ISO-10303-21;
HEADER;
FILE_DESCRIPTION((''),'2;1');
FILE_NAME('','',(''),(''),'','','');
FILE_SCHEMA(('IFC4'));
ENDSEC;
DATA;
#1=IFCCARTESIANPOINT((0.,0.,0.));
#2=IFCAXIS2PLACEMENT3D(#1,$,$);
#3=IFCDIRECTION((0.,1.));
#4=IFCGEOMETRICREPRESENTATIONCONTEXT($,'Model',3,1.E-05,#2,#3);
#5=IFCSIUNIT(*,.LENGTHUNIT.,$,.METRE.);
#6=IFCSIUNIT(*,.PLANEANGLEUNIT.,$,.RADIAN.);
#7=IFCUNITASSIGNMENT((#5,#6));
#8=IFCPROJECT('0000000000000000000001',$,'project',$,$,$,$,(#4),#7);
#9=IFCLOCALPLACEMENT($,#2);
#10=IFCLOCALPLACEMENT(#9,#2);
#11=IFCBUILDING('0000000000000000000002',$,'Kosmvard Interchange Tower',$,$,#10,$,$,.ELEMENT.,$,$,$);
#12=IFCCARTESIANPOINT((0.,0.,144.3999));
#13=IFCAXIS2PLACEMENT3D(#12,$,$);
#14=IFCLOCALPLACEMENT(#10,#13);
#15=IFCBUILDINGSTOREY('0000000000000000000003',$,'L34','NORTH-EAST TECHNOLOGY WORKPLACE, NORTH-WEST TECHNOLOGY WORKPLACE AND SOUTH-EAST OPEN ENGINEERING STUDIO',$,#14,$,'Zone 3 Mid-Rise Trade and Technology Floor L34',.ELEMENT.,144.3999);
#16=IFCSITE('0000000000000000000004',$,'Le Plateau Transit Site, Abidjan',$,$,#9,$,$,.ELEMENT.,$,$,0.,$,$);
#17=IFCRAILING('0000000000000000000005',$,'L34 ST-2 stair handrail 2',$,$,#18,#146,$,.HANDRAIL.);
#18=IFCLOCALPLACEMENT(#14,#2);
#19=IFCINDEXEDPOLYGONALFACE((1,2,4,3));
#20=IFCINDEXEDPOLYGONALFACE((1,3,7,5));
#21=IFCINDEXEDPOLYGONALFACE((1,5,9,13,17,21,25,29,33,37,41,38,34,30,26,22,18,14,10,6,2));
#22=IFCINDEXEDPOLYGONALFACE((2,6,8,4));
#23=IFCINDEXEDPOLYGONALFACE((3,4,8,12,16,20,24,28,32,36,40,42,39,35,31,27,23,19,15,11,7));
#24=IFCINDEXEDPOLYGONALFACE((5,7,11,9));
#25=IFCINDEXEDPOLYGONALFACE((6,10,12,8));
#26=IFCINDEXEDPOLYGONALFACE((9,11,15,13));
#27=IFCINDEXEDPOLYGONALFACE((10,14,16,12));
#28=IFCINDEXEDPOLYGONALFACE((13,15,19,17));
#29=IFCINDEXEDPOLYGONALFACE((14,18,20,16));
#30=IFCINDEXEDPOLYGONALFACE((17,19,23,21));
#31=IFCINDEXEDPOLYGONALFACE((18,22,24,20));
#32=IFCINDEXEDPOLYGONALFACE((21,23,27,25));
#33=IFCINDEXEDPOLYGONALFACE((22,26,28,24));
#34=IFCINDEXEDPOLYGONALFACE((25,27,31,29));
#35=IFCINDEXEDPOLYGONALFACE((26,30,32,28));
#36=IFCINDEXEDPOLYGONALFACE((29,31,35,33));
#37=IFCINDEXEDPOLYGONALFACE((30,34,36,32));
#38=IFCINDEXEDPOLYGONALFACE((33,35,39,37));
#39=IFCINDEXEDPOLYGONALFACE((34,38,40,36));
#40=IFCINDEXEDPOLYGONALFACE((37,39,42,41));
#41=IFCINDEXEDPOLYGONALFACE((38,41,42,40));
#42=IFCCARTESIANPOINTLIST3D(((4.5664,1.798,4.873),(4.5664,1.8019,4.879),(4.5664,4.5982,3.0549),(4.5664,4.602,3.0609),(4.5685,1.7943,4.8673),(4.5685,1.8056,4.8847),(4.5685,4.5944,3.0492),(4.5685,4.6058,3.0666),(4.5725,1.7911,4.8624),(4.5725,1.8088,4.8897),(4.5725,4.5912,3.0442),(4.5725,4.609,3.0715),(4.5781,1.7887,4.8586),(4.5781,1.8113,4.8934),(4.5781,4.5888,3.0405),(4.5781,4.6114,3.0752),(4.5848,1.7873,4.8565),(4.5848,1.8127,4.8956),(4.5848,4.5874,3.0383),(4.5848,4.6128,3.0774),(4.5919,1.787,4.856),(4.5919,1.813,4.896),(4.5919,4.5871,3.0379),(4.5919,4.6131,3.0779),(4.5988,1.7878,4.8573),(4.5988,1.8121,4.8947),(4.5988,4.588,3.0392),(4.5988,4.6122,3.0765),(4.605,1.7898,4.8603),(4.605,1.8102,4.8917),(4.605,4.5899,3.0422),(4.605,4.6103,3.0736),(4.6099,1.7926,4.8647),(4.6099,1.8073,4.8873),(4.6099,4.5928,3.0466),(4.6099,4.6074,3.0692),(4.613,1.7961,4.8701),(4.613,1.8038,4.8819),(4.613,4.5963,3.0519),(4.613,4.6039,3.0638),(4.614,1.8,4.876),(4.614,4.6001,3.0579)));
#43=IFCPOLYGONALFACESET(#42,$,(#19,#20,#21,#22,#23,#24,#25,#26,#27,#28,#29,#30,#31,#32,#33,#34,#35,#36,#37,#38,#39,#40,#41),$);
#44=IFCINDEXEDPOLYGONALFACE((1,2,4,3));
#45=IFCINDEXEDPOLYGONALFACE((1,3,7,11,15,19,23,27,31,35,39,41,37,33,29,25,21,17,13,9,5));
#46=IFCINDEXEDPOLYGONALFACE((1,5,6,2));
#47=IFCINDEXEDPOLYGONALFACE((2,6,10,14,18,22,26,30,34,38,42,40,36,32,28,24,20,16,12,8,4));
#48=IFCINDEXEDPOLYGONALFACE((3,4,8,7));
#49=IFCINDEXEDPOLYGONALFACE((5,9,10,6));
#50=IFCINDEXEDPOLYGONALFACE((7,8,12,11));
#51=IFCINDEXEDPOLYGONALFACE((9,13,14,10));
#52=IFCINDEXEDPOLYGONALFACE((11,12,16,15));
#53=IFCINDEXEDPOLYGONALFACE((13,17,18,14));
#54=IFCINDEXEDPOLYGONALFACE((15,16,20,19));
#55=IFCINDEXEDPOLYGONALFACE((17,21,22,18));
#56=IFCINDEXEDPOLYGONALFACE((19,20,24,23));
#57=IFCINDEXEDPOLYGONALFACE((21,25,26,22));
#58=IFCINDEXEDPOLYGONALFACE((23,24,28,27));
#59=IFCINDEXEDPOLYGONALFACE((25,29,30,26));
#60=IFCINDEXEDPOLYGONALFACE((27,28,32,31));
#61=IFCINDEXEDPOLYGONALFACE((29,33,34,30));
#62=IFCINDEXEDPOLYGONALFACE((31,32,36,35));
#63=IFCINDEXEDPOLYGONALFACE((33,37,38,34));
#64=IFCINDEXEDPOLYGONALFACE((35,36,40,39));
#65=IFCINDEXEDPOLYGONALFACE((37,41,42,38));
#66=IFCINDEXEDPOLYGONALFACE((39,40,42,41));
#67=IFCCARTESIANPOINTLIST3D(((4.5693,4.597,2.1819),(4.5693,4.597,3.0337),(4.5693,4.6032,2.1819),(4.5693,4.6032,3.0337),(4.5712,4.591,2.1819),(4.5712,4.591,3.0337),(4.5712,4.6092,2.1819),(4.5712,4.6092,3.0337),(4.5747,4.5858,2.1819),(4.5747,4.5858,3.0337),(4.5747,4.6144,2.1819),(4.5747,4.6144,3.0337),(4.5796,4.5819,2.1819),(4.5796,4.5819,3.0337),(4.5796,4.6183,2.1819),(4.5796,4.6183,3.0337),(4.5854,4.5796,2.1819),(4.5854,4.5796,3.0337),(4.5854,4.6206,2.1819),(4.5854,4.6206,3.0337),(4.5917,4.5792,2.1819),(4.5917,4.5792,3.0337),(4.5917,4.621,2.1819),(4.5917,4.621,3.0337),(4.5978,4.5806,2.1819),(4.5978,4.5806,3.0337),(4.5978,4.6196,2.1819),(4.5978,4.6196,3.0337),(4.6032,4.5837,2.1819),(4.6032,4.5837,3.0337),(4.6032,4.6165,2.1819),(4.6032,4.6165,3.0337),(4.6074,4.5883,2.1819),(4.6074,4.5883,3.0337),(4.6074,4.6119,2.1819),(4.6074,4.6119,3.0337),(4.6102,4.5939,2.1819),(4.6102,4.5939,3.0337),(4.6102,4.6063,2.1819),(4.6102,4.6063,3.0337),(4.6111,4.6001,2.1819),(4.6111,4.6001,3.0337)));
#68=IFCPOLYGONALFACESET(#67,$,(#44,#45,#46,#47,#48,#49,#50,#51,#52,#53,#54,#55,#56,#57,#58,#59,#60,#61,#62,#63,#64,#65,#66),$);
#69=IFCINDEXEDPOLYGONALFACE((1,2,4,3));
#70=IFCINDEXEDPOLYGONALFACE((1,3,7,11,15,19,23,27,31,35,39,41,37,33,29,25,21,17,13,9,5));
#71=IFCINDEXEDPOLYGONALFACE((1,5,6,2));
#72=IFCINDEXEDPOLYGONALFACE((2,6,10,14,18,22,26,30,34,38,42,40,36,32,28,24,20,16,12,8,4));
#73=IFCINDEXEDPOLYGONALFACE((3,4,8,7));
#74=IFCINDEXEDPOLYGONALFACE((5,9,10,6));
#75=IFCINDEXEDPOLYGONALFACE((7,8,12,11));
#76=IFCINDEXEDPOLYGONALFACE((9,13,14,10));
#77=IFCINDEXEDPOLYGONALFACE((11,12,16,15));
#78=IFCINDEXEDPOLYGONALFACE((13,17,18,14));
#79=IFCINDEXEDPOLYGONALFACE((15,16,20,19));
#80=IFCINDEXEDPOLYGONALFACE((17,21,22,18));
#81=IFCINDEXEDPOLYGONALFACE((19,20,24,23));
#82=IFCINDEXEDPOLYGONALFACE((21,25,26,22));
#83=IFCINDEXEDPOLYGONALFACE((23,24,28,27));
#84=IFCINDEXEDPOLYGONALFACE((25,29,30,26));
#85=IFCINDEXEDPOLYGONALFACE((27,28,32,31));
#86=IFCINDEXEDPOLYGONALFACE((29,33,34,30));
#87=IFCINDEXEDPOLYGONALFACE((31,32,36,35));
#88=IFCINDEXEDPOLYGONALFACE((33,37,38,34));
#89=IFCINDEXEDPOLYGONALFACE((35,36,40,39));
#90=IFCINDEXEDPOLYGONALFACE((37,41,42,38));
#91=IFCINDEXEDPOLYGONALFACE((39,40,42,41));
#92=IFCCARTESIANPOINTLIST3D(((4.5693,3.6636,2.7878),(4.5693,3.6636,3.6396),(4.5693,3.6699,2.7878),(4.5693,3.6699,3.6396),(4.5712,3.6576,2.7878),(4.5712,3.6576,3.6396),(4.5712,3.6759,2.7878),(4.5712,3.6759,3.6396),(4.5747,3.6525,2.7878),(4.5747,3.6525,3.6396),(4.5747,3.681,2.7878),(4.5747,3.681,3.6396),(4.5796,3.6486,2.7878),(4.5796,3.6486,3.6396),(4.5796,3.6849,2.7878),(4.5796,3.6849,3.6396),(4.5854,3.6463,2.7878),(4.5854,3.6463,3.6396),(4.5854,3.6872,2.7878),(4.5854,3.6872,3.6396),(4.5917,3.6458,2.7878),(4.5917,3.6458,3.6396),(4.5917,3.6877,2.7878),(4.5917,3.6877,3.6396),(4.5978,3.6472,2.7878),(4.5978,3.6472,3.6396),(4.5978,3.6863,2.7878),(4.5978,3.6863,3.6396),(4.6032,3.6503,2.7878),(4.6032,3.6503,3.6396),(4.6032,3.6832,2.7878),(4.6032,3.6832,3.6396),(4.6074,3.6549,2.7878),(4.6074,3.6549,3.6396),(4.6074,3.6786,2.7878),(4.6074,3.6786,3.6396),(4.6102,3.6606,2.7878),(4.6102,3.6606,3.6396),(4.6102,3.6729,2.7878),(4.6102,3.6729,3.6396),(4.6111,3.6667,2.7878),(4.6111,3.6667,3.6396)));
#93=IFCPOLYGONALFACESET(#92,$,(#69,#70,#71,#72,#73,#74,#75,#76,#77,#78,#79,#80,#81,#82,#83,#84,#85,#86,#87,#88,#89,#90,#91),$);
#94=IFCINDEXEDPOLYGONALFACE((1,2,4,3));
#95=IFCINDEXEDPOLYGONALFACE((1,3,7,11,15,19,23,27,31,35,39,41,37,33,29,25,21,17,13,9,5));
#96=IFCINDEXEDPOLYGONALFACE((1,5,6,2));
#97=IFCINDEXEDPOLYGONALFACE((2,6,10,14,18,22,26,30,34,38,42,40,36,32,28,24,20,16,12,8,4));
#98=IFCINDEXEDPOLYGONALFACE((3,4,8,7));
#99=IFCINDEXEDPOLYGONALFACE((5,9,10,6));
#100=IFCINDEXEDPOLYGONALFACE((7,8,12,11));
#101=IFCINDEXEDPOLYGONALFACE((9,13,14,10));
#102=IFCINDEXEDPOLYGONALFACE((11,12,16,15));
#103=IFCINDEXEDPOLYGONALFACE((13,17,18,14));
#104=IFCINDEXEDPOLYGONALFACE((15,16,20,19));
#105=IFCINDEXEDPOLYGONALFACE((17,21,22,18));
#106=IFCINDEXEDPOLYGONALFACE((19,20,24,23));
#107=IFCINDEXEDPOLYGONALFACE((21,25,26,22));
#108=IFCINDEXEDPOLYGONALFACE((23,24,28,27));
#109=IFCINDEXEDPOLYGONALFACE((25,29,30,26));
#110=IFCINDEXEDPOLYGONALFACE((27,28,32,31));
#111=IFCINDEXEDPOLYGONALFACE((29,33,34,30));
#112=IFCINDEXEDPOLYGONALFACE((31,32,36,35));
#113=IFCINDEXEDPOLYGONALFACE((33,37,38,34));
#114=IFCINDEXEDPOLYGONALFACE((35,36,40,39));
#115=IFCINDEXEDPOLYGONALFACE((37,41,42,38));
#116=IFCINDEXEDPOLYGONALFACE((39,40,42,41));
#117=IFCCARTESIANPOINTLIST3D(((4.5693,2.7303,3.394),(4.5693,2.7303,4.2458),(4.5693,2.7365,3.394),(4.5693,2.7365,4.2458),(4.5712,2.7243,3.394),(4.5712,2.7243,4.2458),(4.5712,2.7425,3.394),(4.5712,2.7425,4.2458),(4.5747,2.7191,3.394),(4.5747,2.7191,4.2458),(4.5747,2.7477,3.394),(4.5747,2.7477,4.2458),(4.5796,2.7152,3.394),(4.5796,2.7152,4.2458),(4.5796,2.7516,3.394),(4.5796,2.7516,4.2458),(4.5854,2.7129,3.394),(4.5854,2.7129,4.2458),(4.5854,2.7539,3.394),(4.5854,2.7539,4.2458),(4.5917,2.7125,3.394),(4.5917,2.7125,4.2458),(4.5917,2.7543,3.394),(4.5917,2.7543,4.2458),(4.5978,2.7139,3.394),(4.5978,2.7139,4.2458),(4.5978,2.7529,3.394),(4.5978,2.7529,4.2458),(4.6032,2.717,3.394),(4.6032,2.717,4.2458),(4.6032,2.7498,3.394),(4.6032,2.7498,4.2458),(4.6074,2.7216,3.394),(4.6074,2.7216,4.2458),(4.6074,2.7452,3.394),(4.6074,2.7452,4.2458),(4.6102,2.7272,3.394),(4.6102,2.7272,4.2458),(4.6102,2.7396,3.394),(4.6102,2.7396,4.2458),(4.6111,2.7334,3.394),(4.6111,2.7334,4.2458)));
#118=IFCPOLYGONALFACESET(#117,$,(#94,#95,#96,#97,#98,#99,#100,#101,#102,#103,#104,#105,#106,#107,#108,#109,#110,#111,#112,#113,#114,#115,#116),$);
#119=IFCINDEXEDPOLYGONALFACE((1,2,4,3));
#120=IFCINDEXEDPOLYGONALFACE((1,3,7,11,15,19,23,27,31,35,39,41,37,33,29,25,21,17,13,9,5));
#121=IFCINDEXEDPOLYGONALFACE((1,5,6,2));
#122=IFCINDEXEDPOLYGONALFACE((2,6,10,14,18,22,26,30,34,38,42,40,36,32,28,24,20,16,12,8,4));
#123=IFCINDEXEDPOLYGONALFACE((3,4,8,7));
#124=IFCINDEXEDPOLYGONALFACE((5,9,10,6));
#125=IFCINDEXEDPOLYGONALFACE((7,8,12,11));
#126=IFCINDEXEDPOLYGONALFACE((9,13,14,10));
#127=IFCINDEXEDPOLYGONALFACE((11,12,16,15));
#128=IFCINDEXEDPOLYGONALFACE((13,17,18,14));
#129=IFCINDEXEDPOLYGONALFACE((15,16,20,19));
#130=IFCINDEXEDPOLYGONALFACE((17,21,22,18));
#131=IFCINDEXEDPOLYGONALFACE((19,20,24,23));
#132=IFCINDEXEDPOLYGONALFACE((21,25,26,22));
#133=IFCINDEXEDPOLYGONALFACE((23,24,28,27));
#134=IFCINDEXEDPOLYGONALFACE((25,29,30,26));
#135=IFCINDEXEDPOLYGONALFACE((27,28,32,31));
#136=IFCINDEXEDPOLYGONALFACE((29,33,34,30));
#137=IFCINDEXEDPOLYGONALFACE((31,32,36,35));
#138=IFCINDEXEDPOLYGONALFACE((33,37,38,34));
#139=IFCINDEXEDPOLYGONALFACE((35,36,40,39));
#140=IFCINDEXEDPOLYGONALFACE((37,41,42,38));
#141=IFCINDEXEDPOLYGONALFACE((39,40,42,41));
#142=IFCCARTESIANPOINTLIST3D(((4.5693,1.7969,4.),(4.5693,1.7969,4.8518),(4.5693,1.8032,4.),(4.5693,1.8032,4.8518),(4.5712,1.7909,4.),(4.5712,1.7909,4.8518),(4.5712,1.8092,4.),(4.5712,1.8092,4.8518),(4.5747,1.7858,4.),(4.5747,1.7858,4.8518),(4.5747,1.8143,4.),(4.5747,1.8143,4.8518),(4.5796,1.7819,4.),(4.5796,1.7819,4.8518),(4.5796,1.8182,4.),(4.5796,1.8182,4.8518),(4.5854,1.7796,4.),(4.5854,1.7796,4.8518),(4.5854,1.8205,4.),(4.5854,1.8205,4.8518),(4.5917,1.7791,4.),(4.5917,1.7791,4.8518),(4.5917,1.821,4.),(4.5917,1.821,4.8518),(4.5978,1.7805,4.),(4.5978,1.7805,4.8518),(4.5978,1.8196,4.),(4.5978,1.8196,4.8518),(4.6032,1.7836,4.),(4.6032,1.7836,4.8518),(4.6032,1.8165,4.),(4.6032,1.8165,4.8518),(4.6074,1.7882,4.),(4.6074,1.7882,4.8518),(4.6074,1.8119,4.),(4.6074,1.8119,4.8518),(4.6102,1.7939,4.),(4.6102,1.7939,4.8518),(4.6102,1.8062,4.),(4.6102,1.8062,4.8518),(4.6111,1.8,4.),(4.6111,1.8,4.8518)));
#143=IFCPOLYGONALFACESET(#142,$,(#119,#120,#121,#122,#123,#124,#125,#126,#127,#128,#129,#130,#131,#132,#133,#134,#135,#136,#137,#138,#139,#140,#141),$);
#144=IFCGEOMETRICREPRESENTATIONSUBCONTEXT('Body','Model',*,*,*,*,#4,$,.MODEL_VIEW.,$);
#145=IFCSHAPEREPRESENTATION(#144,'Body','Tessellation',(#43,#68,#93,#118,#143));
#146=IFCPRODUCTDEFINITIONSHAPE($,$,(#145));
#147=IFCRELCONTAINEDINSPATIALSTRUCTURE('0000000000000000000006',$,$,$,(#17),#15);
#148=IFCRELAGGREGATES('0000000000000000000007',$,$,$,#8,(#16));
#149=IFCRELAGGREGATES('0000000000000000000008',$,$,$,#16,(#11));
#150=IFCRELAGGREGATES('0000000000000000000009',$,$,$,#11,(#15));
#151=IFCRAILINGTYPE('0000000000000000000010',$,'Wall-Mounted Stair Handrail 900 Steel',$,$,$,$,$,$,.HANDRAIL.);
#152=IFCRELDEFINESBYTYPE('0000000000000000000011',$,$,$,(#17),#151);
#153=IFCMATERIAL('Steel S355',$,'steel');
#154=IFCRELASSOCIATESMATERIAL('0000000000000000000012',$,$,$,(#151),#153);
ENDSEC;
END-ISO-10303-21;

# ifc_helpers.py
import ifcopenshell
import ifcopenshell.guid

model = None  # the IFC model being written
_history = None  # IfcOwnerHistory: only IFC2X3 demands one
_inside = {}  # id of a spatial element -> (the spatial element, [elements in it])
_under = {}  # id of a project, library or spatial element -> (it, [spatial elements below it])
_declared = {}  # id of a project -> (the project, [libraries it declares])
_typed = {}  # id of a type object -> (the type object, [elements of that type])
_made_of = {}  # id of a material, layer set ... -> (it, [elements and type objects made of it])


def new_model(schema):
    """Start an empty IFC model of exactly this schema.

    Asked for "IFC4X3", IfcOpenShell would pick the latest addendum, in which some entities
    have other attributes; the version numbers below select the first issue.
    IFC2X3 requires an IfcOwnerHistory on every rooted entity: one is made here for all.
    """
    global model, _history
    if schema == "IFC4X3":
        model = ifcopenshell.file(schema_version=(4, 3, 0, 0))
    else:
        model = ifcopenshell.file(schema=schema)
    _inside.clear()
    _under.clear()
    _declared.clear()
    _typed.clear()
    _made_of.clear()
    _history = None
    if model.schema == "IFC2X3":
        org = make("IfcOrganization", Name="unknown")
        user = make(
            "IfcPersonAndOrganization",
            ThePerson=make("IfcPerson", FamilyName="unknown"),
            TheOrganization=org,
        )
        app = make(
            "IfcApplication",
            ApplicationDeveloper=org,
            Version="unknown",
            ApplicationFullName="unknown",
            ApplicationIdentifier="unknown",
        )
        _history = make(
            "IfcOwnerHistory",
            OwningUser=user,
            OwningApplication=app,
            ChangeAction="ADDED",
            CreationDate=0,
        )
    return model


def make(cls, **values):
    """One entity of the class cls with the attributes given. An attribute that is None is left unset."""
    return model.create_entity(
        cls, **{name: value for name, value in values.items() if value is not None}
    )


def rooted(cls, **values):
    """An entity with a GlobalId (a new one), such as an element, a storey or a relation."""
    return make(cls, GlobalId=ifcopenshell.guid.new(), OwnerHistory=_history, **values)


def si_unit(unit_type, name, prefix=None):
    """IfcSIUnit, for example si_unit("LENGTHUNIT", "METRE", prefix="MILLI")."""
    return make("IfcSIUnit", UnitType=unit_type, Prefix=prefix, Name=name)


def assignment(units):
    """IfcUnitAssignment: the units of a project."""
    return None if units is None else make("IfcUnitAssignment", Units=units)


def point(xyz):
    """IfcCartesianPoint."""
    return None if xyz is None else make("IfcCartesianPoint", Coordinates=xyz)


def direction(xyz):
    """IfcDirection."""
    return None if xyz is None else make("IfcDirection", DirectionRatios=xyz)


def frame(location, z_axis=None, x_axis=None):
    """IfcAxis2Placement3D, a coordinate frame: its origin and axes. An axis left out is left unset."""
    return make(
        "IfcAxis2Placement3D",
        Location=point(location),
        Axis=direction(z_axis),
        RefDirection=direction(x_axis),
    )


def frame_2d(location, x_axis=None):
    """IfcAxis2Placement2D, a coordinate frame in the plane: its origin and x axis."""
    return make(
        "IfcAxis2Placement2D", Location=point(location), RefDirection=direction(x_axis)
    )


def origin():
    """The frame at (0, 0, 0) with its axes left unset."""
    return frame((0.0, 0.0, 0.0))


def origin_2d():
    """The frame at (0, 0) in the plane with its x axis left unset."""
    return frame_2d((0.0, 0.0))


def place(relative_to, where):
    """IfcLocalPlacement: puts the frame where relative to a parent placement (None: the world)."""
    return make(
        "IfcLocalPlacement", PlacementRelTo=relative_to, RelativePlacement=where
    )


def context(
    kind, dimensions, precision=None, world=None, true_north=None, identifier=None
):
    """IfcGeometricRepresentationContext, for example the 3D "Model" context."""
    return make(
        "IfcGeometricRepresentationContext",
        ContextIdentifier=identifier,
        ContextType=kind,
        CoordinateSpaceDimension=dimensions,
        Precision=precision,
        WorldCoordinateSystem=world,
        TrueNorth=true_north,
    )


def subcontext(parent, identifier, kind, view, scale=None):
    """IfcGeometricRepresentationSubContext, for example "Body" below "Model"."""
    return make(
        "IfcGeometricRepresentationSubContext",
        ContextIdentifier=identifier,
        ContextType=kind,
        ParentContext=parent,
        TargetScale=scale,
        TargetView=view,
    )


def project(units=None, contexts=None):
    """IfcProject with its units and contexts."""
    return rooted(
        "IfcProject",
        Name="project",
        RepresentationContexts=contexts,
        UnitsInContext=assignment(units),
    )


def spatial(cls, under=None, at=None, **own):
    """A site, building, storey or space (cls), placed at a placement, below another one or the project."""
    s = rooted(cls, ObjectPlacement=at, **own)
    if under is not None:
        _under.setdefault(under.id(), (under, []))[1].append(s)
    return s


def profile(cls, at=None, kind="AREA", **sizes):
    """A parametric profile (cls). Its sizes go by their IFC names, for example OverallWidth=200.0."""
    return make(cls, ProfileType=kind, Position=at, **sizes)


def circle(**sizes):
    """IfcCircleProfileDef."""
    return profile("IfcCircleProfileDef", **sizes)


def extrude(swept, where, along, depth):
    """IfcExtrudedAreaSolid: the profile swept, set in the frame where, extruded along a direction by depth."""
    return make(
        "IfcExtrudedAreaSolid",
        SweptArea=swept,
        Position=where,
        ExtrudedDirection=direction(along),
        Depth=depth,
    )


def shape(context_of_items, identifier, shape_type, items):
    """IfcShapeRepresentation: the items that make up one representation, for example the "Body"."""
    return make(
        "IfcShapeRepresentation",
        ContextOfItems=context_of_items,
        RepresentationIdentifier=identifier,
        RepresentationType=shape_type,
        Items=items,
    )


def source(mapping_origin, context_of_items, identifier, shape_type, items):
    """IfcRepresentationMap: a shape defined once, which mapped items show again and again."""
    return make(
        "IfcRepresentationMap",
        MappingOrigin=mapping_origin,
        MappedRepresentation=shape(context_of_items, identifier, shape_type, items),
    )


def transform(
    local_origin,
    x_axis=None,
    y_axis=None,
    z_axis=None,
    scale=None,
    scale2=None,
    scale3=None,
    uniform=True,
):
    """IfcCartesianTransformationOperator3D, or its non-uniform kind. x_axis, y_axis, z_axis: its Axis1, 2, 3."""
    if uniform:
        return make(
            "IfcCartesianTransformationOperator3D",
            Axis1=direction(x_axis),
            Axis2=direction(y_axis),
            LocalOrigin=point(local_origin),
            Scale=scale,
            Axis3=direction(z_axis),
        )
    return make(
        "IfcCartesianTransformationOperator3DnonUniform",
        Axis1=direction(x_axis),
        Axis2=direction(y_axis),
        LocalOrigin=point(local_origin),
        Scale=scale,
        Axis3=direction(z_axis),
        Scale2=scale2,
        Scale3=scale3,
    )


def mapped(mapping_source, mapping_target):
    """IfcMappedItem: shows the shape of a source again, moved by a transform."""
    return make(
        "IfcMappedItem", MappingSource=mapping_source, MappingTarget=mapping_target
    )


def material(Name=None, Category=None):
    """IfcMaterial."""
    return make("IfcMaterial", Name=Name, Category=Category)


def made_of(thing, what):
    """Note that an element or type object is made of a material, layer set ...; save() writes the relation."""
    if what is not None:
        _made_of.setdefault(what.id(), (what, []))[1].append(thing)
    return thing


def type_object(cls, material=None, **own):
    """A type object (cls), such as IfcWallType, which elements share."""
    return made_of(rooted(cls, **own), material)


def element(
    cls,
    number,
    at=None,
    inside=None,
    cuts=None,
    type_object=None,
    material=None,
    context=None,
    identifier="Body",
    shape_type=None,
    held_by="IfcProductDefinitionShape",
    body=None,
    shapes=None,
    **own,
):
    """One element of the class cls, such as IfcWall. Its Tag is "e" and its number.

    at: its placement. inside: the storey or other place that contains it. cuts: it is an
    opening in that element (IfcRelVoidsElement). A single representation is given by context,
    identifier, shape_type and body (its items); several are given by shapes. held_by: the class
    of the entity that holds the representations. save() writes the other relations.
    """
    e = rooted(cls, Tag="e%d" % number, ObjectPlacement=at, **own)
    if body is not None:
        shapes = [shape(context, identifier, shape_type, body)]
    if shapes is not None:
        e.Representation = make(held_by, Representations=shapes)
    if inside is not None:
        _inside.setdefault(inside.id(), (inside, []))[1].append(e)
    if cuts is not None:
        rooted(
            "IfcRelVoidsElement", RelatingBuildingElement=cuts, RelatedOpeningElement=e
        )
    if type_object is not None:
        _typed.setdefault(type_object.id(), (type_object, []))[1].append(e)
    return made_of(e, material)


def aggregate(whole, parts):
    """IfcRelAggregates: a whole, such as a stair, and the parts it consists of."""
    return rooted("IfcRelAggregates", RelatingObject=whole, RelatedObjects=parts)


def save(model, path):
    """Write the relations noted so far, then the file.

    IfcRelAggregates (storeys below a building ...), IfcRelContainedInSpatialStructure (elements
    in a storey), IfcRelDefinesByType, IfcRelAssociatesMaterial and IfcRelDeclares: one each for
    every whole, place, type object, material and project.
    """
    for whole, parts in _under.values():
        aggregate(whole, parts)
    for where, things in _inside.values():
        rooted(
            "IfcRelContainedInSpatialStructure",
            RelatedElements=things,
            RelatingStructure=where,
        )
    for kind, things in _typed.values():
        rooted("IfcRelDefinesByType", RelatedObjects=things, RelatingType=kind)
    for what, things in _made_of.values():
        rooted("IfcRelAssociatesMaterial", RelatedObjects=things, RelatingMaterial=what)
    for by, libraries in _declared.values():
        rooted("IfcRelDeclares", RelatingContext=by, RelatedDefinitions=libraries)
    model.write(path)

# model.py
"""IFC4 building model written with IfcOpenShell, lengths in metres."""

from ifc_helpers import new_model, si_unit, direction, frame, origin, origin_2d, place, context, subcontext, project, spatial, circle, extrude, source, transform, mapped, material, type_object, element, save


model = new_model("IFC4")

# Units and contexts
model_context = context("Model", 3, precision=1e-05, world=origin(), true_north=direction((0.0, 1.0)))
body_context = subcontext(model_context, "Body", "Model", "MODEL_VIEW")
ifc_project = project(units=[si_unit("LENGTHUNIT", "METRE"), si_unit("PLANEANGLEUNIT", "RADIAN")], contexts=[model_context])

# Site, building, storey
site_placement = place(None, origin())
site = spatial("IfcSite", under=ifc_project, at=site_placement, Name="Le Plateau Transit Site, Abidjan", CompositionType="ELEMENT", RefElevation=0.0)
building_placement = place(site_placement, origin())
building = spatial("IfcBuilding", under=site, at=building_placement, Name="Kosmvard Interchange Tower", CompositionType="ELEMENT")
storey_placement = place(building_placement, frame((0.0, 0.0, 144.3999)))
storey = spatial("IfcBuildingStorey", under=building, at=storey_placement, Name="L34", Description="NORTH-EAST TECHNOLOGY WORKPLACE, NORTH-WEST TECHNOLOGY WORKPLACE AND SOUTH-EAST OPEN ENGINEERING STUDIO", LongName="Zone 3 Mid-Rise Trade and Technology Floor L34", CompositionType="ELEMENT", Elevation=144.3999)

# Shared definitions
ifc_material_1 = material(Name="Steel S355", Category="steel")

# Railing
railing_type_1 = type_object("IfcRailingType", Name="Wall-Mounted Stair Handrail 900 Steel", PredefinedType="HANDRAIL", material=ifc_material_1)
shared_shape_1 = source(origin(), body_context, "Body", "SweptSolid", [
    extrude(circle(Radius=0.0239, at=origin_2d()), frame((0.0, 0.0, 0.876), z_axis=(0.0, -0.838706, 0.544585), x_axis=(1.0, 0.0, 0.0)), (0.0, 0.0, 1.0), 3.3386),
    extrude(circle(Radius=0.021, at=origin_2d()), origin(), (0.0, 0.0, 1.0), 0.8518),
    extrude(circle(Radius=0.021, at=origin_2d()), frame((0.0, -0.9333, 0.606)), (0.0, 0.0, 1.0), 0.8518),
    extrude(circle(Radius=0.021, at=origin_2d()), frame((0.0, -1.8667, 1.2122)), (0.0, 0.0, 1.0), 0.8518),
    extrude(circle(Radius=0.021, at=origin_2d()), frame((0.0, -2.8, 1.8181)), (0.0, 0.0, 1.0), 0.8518),
])
railing_1_placement = place(storey_placement, frame((4.5901, 4.6001, 2.1819)))
element("IfcRailing", 1, at=railing_1_placement, inside=storey, type_object=railing_type_1, Name="L34 ST-2 stair handrail 2", PredefinedType="HANDRAIL", context=body_context, shape_type="MappedRepresentation", body=[
    mapped(shared_shape_1, transform((0.0, 0.0, 0.0), scale=1.0)),
])

save(model, "model.ifc")
